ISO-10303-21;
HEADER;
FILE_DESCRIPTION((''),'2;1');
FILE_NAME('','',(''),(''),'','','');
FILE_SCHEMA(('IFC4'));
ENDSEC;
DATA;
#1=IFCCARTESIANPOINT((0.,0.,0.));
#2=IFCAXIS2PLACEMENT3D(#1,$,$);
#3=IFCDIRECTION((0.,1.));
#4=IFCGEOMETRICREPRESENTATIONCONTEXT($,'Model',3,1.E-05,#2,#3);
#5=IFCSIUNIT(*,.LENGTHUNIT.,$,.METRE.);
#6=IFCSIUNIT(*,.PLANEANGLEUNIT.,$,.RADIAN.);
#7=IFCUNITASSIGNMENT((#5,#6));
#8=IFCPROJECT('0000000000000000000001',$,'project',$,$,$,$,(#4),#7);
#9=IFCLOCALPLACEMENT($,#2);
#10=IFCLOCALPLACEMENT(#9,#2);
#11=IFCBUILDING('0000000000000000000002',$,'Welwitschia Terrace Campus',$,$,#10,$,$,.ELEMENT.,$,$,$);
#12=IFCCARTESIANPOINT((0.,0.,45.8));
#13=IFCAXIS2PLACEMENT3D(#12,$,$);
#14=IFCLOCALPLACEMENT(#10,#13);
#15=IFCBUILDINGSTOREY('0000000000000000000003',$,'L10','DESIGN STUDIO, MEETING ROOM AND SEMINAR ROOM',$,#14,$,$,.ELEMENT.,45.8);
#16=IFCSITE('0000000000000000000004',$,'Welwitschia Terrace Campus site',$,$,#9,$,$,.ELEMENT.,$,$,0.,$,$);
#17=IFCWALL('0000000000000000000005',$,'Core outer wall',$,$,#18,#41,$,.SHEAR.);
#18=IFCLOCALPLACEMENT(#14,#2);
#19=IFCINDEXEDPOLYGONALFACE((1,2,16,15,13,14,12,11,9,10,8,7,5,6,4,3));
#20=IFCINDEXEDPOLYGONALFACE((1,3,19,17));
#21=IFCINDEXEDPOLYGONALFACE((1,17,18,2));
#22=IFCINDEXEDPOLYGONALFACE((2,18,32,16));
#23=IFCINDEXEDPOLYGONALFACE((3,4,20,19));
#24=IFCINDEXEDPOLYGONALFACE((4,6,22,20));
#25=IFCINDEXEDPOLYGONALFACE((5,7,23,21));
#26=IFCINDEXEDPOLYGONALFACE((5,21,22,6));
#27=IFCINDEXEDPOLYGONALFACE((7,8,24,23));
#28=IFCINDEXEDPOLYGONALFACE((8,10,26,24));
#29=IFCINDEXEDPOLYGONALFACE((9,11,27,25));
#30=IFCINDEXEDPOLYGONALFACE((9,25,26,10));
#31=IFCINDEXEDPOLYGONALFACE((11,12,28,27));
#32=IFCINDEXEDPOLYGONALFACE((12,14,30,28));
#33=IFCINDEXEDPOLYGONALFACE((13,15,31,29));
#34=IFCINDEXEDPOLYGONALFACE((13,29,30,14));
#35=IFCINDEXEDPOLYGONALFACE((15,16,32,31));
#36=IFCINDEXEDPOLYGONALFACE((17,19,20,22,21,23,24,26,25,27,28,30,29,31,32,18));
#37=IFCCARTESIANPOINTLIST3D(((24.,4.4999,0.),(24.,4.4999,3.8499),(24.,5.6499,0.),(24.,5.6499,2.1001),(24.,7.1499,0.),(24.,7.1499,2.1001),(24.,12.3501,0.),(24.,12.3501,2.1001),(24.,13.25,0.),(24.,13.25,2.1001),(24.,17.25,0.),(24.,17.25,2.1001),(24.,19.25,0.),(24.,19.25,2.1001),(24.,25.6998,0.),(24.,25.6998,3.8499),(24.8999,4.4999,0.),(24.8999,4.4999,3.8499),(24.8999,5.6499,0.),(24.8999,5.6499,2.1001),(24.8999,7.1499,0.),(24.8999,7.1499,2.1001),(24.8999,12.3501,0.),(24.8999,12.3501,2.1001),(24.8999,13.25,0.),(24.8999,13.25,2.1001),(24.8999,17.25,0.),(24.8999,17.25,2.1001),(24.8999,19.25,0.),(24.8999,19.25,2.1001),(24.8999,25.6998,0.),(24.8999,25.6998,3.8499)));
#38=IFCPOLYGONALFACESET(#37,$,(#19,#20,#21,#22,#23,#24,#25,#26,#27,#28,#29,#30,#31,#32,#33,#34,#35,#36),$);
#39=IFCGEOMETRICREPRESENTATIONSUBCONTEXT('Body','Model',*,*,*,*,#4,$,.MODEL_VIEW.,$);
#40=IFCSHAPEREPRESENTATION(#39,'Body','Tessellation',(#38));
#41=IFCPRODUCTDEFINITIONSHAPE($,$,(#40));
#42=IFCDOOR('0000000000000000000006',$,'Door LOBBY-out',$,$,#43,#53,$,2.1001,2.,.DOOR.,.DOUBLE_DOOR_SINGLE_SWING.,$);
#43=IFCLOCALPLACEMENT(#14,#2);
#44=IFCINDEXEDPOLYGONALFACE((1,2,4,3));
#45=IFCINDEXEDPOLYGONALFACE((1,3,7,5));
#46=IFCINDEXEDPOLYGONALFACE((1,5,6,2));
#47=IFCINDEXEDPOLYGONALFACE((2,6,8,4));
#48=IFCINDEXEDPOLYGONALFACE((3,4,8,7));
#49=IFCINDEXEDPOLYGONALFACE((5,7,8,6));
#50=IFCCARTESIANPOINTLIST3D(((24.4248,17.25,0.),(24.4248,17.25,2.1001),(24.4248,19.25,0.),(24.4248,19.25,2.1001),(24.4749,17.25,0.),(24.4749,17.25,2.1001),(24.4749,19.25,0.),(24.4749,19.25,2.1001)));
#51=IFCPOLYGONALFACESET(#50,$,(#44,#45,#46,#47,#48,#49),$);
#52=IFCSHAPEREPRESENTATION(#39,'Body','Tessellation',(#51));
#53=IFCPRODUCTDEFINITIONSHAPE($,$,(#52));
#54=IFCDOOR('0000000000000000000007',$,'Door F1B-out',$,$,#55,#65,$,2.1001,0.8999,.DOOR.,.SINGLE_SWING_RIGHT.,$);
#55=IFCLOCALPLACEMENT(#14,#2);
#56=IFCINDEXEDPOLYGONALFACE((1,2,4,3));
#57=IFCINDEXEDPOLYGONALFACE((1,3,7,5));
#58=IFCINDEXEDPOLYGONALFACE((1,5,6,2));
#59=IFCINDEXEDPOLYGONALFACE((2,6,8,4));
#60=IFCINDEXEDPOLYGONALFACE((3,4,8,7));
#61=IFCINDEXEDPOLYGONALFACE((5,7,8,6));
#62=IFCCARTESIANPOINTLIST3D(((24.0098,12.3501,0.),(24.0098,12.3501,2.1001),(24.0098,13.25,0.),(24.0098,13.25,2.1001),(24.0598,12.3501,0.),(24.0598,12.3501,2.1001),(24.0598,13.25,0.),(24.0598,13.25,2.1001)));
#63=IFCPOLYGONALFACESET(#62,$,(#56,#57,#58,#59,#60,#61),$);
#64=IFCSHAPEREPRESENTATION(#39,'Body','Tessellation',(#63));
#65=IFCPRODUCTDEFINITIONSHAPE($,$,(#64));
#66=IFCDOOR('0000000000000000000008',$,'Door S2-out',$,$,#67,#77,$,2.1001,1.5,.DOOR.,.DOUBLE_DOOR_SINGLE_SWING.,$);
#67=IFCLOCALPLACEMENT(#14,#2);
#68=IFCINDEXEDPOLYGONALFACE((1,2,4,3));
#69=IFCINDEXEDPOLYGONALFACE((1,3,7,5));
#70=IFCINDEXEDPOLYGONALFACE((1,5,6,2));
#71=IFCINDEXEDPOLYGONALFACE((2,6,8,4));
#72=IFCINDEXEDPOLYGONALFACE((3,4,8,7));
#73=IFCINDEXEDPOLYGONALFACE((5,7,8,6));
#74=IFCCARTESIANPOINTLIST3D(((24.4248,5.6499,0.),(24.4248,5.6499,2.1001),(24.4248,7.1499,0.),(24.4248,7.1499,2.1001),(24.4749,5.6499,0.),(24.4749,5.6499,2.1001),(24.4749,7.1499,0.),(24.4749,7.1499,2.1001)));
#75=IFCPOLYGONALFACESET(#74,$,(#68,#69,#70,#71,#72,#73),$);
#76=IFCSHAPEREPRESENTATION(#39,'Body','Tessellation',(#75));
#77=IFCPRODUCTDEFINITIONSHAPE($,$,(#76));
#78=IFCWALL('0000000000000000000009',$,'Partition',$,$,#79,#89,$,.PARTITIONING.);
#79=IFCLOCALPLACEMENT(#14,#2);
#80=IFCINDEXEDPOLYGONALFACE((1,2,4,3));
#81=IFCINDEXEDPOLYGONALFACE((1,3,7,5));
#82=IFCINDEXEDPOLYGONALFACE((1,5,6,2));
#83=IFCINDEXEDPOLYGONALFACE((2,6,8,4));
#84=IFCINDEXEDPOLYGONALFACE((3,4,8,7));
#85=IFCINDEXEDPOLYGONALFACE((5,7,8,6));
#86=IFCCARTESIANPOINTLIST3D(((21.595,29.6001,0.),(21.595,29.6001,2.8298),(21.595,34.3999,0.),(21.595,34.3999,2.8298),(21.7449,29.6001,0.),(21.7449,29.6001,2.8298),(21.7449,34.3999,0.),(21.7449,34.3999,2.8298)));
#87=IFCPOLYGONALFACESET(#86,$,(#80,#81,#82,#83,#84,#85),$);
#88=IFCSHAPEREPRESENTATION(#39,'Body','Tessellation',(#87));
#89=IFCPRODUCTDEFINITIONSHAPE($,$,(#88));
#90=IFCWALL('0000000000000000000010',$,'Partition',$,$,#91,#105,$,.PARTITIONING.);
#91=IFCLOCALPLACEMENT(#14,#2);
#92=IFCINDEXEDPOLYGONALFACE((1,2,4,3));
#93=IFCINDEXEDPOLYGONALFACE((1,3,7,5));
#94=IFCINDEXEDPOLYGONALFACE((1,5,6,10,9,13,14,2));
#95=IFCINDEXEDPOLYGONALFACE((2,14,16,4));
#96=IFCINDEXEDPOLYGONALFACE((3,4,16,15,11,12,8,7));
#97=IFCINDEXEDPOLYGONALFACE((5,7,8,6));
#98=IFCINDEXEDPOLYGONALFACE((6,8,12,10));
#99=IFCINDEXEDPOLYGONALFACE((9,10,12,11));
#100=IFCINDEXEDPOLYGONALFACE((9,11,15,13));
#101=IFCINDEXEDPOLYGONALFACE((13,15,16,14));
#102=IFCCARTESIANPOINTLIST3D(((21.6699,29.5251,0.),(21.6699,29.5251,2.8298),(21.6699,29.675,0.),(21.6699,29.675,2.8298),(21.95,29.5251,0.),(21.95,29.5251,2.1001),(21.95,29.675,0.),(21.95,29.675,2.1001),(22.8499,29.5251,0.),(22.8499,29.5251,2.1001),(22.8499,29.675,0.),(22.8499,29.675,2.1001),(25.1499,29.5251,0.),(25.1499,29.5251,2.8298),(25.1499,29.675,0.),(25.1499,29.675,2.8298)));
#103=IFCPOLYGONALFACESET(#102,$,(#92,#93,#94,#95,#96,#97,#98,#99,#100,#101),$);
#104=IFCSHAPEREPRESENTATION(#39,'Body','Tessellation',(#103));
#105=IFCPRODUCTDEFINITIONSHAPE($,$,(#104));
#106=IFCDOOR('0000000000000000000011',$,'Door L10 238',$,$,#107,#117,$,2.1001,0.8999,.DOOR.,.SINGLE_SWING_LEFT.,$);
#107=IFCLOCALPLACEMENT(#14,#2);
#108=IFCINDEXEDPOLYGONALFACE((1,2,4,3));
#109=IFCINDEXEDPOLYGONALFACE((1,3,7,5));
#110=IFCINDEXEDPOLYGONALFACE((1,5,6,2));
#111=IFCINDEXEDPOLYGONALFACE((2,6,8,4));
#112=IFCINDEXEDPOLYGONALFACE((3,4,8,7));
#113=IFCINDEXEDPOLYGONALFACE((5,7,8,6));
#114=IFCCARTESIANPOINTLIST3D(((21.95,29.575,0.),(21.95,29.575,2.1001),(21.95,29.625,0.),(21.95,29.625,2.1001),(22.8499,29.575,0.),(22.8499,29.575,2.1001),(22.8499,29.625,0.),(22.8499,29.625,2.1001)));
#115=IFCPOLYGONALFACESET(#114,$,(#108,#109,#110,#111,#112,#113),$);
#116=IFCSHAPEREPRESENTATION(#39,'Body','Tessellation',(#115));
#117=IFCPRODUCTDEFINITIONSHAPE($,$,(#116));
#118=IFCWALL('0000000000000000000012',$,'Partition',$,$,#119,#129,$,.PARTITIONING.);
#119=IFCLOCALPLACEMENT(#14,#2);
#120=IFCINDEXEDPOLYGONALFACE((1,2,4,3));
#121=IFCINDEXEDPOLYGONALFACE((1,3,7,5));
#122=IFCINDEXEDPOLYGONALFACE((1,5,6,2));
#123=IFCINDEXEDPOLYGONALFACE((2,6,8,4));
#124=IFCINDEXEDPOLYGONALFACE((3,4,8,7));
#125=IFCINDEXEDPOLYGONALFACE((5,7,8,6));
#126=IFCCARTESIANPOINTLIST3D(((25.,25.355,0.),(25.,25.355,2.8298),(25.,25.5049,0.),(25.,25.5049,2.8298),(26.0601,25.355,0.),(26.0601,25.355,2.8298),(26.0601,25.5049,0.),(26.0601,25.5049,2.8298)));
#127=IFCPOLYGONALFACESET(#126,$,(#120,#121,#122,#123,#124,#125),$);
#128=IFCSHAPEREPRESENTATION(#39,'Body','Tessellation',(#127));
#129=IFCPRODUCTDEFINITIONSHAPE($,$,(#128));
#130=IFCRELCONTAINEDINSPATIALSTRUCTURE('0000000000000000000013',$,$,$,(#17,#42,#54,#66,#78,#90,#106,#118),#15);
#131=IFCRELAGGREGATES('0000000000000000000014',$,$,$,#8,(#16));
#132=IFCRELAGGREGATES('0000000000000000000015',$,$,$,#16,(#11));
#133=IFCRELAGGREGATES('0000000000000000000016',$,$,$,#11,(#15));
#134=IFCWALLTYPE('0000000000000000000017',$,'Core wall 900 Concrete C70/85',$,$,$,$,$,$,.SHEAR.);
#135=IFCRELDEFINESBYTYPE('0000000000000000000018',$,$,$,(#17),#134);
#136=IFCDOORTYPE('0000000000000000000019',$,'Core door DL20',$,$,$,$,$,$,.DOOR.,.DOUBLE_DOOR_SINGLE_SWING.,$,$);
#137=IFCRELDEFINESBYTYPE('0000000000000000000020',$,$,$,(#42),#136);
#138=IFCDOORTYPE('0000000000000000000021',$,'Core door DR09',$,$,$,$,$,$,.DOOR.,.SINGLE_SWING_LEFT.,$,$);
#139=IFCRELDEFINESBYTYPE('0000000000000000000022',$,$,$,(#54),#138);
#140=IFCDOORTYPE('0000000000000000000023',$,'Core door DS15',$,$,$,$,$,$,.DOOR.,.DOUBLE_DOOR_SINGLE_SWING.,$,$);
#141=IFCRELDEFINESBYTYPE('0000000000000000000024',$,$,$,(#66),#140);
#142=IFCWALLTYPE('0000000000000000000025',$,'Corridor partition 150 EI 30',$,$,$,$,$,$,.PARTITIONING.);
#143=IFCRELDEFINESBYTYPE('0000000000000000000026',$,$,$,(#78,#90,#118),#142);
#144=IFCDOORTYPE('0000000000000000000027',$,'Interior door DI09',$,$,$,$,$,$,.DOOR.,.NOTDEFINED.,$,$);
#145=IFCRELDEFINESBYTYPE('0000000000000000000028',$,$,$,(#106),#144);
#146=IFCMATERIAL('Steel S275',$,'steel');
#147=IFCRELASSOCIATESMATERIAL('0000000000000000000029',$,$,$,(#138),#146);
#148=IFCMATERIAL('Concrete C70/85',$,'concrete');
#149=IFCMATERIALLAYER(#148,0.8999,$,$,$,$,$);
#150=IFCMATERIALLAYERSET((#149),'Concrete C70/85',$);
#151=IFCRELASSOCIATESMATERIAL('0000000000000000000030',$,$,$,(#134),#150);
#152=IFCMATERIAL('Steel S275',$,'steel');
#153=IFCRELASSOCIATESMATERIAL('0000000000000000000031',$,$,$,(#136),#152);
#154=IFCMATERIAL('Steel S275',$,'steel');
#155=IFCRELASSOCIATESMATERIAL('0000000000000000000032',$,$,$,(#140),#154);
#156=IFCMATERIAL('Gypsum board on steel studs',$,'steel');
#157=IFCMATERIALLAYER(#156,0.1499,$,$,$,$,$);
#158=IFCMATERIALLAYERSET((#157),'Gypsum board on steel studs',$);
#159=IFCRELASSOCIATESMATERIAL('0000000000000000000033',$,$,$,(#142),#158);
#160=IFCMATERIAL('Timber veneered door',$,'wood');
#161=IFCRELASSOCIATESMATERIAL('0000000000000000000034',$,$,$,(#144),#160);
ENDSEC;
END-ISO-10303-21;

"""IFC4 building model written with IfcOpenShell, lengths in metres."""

from ifc_helpers import new_model, si_unit, direction, frame, frame_2d, origin, place, context, subcontext, project, spatial, rectangle, extrude, material, layer, layer_set, type_object, element, fill, save


model = new_model("IFC4")

# Units and contexts
model_context = context("Model", 3, precision=1e-05, world=origin(), true_north=direction((0.0, 1.0)))
body_context = subcontext(model_context, "Body", "Model", "MODEL_VIEW")
ifc_project = project(units=[si_unit("LENGTHUNIT", "METRE"), si_unit("PLANEANGLEUNIT", "RADIAN")], contexts=[model_context])

# Site, building, storey
site_placement = place(None, origin())
site = spatial("IfcSite", under=ifc_project, at=site_placement, Name="Welwitschia Terrace Campus site", CompositionType="ELEMENT", RefElevation=0.0)
building_placement = place(site_placement, origin())
building = spatial("IfcBuilding", under=site, at=building_placement, Name="Welwitschia Terrace Campus", CompositionType="ELEMENT")
storey_placement = place(building_placement, frame((0.0, 0.0, 45.8)))
storey = spatial("IfcBuildingStorey", under=building, at=storey_placement, Name="L10", Description="DESIGN STUDIO, MEETING ROOM AND SEMINAR ROOM", CompositionType="ELEMENT", Elevation=45.8)

# Shared definitions
ifc_material_1 = material(Name="Steel S275", Category="steel")
door_type_1 = type_object("IfcDoorType", Name="Core door DR09", OperationType="SINGLE_SWING_LEFT", PredefinedType="DOOR", material=ifc_material_1)

# Wall, openings, doors
ifc_material_2 = material(Name="Concrete C70/85", Category="concrete")
ifc_layer_1 = layer(ifc_material_2, 0.8999)
ifc_layer_set_1 = layer_set([ifc_layer_1], Name="Concrete C70/85")
wall_type_1 = type_object("IfcWallType", Name="Core wall 900 Concrete C70/85", PredefinedType="SHEAR", material=ifc_layer_set_1)
wall_1_placement = place(storey_placement, frame((24.45, 25.7, 0.0), z_axis=(0.0, 0.0, 1.0), x_axis=(0.0, -1.0, 0.0)))
wall_1 = element("IfcWall", 1, at=wall_1_placement, inside=storey, type_object=wall_type_1, Name="Core outer wall", PredefinedType="SHEAR", context=body_context, shape_type="SweptSolid", body=[
    extrude(rectangle(XDim=21.2, YDim=0.8999, at=frame_2d((10.6001, 0.0))), origin(), (0.0, 0.0, 1.0), 3.8499),
])
opening_1_placement = place(wall_1_placement, frame((18.55, 0.0, 0.0)))
opening_1 = element("IfcOpeningElement", 2, at=opening_1_placement, cuts=wall_1, PredefinedType="OPENING", context=body_context, shape_type="SweptSolid", body=[
    extrude(rectangle(XDim=1.5, YDim=2.1001, at=frame_2d((0.75, 1.05))), frame((0.0, 0.46, 0.0), z_axis=(0.0, -1.0, 0.0), x_axis=(1.0, 0.0, 0.0)), (0.0, 0.0, 1.0), 0.9199),
])
opening_2_placement = place(wall_1_placement, frame((12.45, 0.0, 0.0)))
opening_2 = element("IfcOpeningElement", 3, at=opening_2_placement, cuts=wall_1, PredefinedType="OPENING", context=body_context, shape_type="SweptSolid", body=[
    extrude(rectangle(XDim=0.8999, YDim=2.1001, at=frame_2d((0.45, 1.05))), frame((0.0, 0.46, 0.0), z_axis=(0.0, -1.0, 0.0), x_axis=(1.0, 0.0, 0.0)), (0.0, 0.0, 1.0), 0.9199),
])
opening_3_placement = place(wall_1_placement, frame((6.45, 0.0, 0.0)))
opening_3 = element("IfcOpeningElement", 4, at=opening_3_placement, cuts=wall_1, PredefinedType="OPENING", context=body_context, shape_type="SweptSolid", body=[
    extrude(rectangle(XDim=2.0, YDim=2.1001, at=frame_2d((1.0, 1.05))), frame((0.0, 0.46, 0.0), z_axis=(0.0, -1.0, 0.0), x_axis=(1.0, 0.0, 0.0)), (0.0, 0.0, 1.0), 0.9199),
])
ifc_material_3 = material(Name="Steel S275", Category="steel")
door_type_2 = type_object("IfcDoorType", Name="Core door DL20", OperationType="DOUBLE_DOOR_SINGLE_SWING", PredefinedType="DOOR", material=ifc_material_3)
door_1_placement = place(opening_3_placement, origin())
door_1 = element("IfcDoor", 5, at=door_1_placement, inside=storey, type_object=door_type_2, Name="Door LOBBY-out", OperationType="DOUBLE_DOOR_SINGLE_SWING", OverallHeight=2.1001, OverallWidth=2.0, PredefinedType="DOOR", context=body_context, shape_type="SweptSolid", body=[
    extrude(rectangle(XDim=2.0, YDim=2.1001, at=frame_2d((1.0, 1.05))), frame((0.0, 0.0249, 0.0), z_axis=(0.0, -1.0, 0.0), x_axis=(1.0, 0.0, 0.0)), (0.0, 0.0, 1.0), 0.05),
])
fill(opening_3, door_1)
door_2_placement = place(opening_2_placement, origin())
door_2 = element("IfcDoor", 6, at=door_2_placement, inside=storey, type_object=door_type_1, Name="Door F1B-out", OperationType="SINGLE_SWING_RIGHT", OverallHeight=2.1001, OverallWidth=0.8999, PredefinedType="DOOR", context=body_context, shape_type="SweptSolid", body=[
    extrude(rectangle(XDim=0.8999, YDim=2.1001, at=frame_2d((0.45, 1.05))), frame((0.0, -0.3901, 0.0), z_axis=(0.0, -1.0, 0.0), x_axis=(1.0, 0.0, 0.0)), (0.0, 0.0, 1.0), 0.05),
])
fill(opening_2, door_2)
ifc_material_4 = material(Name="Steel S275", Category="steel")
door_type_3 = type_object("IfcDoorType", Name="Core door DS15", OperationType="DOUBLE_DOOR_SINGLE_SWING", PredefinedType="DOOR", material=ifc_material_4)
door_3_placement = place(opening_1_placement, origin())
door_3 = element("IfcDoor", 7, at=door_3_placement, inside=storey, type_object=door_type_3, Name="Door S2-out", OperationType="DOUBLE_DOOR_SINGLE_SWING", OverallHeight=2.1001, OverallWidth=1.5, PredefinedType="DOOR", context=body_context, shape_type="SweptSolid", body=[
    extrude(rectangle(XDim=1.5, YDim=2.1001, at=frame_2d((0.75, 1.05))), frame((0.0, 0.0249, 0.0), z_axis=(0.0, -1.0, 0.0), x_axis=(1.0, 0.0, 0.0)), (0.0, 0.0, 1.0), 0.05),
])
fill(opening_1, door_3)

# Wall
ifc_material_5 = material(Name="Gypsum board on steel studs", Category="steel")
ifc_layer_2 = layer(ifc_material_5, 0.1499)
ifc_layer_set_2 = layer_set([ifc_layer_2], Name="Gypsum board on steel studs")
wall_type_2 = type_object("IfcWallType", Name="Corridor partition 150 EI 30", PredefinedType="PARTITIONING", material=ifc_layer_set_2)
wall_2_placement = place(storey_placement, frame((21.6699, 29.6001, 0.0), z_axis=(0.0, 0.0, 1.0), x_axis=(0.0, 1.0, 0.0)))
element("IfcWall", 8, at=wall_2_placement, inside=storey, type_object=wall_type_2, Name="Partition", PredefinedType="PARTITIONING", context=body_context, shape_type="SweptSolid", body=[
    extrude(rectangle(XDim=4.7998, YDim=0.1499, at=frame_2d((2.3999, 0.0))), origin(), (0.0, 0.0, 1.0), 2.8298),
])

# Wall, opening, door
wall_3_placement = place(storey_placement, frame((21.6699, 29.6001, 0.0), z_axis=(0.0, 0.0, 1.0), x_axis=(1.0, 0.0, 0.0)))
wall_3 = element("IfcWall", 9, at=wall_3_placement, inside=storey, type_object=wall_type_2, Name="Partition", PredefinedType="PARTITIONING", context=body_context, shape_type="SweptSolid", body=[
    extrude(rectangle(XDim=3.48, YDim=0.1499, at=frame_2d((1.74, 0.0))), origin(), (0.0, 0.0, 1.0), 2.8298),
])
opening_4_placement = place(wall_3_placement, frame((0.28, 0.0, 0.0)))
opening_4 = element("IfcOpeningElement", 10, at=opening_4_placement, cuts=wall_3, PredefinedType="OPENING", context=body_context, shape_type="SweptSolid", body=[
    extrude(rectangle(XDim=0.8999, YDim=2.1001, at=frame_2d((0.45, 1.05))), frame((0.0, 0.085, 0.0), z_axis=(0.0, -1.0, 0.0), x_axis=(1.0, 0.0, 0.0)), (0.0, 0.0, 1.0), 0.1699),
])
ifc_material_6 = material(Name="Timber veneered door", Category="wood")
door_type_4 = type_object("IfcDoorType", Name="Interior door DI09", OperationType="NOTDEFINED", PredefinedType="DOOR", material=ifc_material_6)
door_4_placement = place(opening_4_placement, origin())
door_4 = element("IfcDoor", 11, at=door_4_placement, inside=storey, type_object=door_type_4, Name="Door L10 238", OperationType="SINGLE_SWING_LEFT", OverallHeight=2.1001, OverallWidth=0.8999, PredefinedType="DOOR", context=body_context, shape_type="SweptSolid", body=[
    extrude(rectangle(XDim=0.8999, YDim=2.1001, at=frame_2d((0.45, 1.05))), frame((0.0, 0.0249, 0.0), z_axis=(0.0, -1.0, 0.0), x_axis=(1.0, 0.0, 0.0)), (0.0, 0.0, 1.0), 0.05),
])
fill(opening_4, door_4)

# Wall
wall_4_placement = place(storey_placement, frame((25.0, 25.4299, 0.0), z_axis=(0.0, 0.0, 1.0), x_axis=(1.0, 0.0, 0.0)))
element("IfcWall", 12, at=wall_4_placement, inside=storey, type_object=wall_type_2, Name="Partition", PredefinedType="PARTITIONING", context=body_context, shape_type="SweptSolid", body=[
    extrude(rectangle(XDim=1.0601, YDim=0.1499, at=frame_2d((0.53, 0.0))), origin(), (0.0, 0.0, 1.0), 2.8298),
])

save(model, "model.ifc")
